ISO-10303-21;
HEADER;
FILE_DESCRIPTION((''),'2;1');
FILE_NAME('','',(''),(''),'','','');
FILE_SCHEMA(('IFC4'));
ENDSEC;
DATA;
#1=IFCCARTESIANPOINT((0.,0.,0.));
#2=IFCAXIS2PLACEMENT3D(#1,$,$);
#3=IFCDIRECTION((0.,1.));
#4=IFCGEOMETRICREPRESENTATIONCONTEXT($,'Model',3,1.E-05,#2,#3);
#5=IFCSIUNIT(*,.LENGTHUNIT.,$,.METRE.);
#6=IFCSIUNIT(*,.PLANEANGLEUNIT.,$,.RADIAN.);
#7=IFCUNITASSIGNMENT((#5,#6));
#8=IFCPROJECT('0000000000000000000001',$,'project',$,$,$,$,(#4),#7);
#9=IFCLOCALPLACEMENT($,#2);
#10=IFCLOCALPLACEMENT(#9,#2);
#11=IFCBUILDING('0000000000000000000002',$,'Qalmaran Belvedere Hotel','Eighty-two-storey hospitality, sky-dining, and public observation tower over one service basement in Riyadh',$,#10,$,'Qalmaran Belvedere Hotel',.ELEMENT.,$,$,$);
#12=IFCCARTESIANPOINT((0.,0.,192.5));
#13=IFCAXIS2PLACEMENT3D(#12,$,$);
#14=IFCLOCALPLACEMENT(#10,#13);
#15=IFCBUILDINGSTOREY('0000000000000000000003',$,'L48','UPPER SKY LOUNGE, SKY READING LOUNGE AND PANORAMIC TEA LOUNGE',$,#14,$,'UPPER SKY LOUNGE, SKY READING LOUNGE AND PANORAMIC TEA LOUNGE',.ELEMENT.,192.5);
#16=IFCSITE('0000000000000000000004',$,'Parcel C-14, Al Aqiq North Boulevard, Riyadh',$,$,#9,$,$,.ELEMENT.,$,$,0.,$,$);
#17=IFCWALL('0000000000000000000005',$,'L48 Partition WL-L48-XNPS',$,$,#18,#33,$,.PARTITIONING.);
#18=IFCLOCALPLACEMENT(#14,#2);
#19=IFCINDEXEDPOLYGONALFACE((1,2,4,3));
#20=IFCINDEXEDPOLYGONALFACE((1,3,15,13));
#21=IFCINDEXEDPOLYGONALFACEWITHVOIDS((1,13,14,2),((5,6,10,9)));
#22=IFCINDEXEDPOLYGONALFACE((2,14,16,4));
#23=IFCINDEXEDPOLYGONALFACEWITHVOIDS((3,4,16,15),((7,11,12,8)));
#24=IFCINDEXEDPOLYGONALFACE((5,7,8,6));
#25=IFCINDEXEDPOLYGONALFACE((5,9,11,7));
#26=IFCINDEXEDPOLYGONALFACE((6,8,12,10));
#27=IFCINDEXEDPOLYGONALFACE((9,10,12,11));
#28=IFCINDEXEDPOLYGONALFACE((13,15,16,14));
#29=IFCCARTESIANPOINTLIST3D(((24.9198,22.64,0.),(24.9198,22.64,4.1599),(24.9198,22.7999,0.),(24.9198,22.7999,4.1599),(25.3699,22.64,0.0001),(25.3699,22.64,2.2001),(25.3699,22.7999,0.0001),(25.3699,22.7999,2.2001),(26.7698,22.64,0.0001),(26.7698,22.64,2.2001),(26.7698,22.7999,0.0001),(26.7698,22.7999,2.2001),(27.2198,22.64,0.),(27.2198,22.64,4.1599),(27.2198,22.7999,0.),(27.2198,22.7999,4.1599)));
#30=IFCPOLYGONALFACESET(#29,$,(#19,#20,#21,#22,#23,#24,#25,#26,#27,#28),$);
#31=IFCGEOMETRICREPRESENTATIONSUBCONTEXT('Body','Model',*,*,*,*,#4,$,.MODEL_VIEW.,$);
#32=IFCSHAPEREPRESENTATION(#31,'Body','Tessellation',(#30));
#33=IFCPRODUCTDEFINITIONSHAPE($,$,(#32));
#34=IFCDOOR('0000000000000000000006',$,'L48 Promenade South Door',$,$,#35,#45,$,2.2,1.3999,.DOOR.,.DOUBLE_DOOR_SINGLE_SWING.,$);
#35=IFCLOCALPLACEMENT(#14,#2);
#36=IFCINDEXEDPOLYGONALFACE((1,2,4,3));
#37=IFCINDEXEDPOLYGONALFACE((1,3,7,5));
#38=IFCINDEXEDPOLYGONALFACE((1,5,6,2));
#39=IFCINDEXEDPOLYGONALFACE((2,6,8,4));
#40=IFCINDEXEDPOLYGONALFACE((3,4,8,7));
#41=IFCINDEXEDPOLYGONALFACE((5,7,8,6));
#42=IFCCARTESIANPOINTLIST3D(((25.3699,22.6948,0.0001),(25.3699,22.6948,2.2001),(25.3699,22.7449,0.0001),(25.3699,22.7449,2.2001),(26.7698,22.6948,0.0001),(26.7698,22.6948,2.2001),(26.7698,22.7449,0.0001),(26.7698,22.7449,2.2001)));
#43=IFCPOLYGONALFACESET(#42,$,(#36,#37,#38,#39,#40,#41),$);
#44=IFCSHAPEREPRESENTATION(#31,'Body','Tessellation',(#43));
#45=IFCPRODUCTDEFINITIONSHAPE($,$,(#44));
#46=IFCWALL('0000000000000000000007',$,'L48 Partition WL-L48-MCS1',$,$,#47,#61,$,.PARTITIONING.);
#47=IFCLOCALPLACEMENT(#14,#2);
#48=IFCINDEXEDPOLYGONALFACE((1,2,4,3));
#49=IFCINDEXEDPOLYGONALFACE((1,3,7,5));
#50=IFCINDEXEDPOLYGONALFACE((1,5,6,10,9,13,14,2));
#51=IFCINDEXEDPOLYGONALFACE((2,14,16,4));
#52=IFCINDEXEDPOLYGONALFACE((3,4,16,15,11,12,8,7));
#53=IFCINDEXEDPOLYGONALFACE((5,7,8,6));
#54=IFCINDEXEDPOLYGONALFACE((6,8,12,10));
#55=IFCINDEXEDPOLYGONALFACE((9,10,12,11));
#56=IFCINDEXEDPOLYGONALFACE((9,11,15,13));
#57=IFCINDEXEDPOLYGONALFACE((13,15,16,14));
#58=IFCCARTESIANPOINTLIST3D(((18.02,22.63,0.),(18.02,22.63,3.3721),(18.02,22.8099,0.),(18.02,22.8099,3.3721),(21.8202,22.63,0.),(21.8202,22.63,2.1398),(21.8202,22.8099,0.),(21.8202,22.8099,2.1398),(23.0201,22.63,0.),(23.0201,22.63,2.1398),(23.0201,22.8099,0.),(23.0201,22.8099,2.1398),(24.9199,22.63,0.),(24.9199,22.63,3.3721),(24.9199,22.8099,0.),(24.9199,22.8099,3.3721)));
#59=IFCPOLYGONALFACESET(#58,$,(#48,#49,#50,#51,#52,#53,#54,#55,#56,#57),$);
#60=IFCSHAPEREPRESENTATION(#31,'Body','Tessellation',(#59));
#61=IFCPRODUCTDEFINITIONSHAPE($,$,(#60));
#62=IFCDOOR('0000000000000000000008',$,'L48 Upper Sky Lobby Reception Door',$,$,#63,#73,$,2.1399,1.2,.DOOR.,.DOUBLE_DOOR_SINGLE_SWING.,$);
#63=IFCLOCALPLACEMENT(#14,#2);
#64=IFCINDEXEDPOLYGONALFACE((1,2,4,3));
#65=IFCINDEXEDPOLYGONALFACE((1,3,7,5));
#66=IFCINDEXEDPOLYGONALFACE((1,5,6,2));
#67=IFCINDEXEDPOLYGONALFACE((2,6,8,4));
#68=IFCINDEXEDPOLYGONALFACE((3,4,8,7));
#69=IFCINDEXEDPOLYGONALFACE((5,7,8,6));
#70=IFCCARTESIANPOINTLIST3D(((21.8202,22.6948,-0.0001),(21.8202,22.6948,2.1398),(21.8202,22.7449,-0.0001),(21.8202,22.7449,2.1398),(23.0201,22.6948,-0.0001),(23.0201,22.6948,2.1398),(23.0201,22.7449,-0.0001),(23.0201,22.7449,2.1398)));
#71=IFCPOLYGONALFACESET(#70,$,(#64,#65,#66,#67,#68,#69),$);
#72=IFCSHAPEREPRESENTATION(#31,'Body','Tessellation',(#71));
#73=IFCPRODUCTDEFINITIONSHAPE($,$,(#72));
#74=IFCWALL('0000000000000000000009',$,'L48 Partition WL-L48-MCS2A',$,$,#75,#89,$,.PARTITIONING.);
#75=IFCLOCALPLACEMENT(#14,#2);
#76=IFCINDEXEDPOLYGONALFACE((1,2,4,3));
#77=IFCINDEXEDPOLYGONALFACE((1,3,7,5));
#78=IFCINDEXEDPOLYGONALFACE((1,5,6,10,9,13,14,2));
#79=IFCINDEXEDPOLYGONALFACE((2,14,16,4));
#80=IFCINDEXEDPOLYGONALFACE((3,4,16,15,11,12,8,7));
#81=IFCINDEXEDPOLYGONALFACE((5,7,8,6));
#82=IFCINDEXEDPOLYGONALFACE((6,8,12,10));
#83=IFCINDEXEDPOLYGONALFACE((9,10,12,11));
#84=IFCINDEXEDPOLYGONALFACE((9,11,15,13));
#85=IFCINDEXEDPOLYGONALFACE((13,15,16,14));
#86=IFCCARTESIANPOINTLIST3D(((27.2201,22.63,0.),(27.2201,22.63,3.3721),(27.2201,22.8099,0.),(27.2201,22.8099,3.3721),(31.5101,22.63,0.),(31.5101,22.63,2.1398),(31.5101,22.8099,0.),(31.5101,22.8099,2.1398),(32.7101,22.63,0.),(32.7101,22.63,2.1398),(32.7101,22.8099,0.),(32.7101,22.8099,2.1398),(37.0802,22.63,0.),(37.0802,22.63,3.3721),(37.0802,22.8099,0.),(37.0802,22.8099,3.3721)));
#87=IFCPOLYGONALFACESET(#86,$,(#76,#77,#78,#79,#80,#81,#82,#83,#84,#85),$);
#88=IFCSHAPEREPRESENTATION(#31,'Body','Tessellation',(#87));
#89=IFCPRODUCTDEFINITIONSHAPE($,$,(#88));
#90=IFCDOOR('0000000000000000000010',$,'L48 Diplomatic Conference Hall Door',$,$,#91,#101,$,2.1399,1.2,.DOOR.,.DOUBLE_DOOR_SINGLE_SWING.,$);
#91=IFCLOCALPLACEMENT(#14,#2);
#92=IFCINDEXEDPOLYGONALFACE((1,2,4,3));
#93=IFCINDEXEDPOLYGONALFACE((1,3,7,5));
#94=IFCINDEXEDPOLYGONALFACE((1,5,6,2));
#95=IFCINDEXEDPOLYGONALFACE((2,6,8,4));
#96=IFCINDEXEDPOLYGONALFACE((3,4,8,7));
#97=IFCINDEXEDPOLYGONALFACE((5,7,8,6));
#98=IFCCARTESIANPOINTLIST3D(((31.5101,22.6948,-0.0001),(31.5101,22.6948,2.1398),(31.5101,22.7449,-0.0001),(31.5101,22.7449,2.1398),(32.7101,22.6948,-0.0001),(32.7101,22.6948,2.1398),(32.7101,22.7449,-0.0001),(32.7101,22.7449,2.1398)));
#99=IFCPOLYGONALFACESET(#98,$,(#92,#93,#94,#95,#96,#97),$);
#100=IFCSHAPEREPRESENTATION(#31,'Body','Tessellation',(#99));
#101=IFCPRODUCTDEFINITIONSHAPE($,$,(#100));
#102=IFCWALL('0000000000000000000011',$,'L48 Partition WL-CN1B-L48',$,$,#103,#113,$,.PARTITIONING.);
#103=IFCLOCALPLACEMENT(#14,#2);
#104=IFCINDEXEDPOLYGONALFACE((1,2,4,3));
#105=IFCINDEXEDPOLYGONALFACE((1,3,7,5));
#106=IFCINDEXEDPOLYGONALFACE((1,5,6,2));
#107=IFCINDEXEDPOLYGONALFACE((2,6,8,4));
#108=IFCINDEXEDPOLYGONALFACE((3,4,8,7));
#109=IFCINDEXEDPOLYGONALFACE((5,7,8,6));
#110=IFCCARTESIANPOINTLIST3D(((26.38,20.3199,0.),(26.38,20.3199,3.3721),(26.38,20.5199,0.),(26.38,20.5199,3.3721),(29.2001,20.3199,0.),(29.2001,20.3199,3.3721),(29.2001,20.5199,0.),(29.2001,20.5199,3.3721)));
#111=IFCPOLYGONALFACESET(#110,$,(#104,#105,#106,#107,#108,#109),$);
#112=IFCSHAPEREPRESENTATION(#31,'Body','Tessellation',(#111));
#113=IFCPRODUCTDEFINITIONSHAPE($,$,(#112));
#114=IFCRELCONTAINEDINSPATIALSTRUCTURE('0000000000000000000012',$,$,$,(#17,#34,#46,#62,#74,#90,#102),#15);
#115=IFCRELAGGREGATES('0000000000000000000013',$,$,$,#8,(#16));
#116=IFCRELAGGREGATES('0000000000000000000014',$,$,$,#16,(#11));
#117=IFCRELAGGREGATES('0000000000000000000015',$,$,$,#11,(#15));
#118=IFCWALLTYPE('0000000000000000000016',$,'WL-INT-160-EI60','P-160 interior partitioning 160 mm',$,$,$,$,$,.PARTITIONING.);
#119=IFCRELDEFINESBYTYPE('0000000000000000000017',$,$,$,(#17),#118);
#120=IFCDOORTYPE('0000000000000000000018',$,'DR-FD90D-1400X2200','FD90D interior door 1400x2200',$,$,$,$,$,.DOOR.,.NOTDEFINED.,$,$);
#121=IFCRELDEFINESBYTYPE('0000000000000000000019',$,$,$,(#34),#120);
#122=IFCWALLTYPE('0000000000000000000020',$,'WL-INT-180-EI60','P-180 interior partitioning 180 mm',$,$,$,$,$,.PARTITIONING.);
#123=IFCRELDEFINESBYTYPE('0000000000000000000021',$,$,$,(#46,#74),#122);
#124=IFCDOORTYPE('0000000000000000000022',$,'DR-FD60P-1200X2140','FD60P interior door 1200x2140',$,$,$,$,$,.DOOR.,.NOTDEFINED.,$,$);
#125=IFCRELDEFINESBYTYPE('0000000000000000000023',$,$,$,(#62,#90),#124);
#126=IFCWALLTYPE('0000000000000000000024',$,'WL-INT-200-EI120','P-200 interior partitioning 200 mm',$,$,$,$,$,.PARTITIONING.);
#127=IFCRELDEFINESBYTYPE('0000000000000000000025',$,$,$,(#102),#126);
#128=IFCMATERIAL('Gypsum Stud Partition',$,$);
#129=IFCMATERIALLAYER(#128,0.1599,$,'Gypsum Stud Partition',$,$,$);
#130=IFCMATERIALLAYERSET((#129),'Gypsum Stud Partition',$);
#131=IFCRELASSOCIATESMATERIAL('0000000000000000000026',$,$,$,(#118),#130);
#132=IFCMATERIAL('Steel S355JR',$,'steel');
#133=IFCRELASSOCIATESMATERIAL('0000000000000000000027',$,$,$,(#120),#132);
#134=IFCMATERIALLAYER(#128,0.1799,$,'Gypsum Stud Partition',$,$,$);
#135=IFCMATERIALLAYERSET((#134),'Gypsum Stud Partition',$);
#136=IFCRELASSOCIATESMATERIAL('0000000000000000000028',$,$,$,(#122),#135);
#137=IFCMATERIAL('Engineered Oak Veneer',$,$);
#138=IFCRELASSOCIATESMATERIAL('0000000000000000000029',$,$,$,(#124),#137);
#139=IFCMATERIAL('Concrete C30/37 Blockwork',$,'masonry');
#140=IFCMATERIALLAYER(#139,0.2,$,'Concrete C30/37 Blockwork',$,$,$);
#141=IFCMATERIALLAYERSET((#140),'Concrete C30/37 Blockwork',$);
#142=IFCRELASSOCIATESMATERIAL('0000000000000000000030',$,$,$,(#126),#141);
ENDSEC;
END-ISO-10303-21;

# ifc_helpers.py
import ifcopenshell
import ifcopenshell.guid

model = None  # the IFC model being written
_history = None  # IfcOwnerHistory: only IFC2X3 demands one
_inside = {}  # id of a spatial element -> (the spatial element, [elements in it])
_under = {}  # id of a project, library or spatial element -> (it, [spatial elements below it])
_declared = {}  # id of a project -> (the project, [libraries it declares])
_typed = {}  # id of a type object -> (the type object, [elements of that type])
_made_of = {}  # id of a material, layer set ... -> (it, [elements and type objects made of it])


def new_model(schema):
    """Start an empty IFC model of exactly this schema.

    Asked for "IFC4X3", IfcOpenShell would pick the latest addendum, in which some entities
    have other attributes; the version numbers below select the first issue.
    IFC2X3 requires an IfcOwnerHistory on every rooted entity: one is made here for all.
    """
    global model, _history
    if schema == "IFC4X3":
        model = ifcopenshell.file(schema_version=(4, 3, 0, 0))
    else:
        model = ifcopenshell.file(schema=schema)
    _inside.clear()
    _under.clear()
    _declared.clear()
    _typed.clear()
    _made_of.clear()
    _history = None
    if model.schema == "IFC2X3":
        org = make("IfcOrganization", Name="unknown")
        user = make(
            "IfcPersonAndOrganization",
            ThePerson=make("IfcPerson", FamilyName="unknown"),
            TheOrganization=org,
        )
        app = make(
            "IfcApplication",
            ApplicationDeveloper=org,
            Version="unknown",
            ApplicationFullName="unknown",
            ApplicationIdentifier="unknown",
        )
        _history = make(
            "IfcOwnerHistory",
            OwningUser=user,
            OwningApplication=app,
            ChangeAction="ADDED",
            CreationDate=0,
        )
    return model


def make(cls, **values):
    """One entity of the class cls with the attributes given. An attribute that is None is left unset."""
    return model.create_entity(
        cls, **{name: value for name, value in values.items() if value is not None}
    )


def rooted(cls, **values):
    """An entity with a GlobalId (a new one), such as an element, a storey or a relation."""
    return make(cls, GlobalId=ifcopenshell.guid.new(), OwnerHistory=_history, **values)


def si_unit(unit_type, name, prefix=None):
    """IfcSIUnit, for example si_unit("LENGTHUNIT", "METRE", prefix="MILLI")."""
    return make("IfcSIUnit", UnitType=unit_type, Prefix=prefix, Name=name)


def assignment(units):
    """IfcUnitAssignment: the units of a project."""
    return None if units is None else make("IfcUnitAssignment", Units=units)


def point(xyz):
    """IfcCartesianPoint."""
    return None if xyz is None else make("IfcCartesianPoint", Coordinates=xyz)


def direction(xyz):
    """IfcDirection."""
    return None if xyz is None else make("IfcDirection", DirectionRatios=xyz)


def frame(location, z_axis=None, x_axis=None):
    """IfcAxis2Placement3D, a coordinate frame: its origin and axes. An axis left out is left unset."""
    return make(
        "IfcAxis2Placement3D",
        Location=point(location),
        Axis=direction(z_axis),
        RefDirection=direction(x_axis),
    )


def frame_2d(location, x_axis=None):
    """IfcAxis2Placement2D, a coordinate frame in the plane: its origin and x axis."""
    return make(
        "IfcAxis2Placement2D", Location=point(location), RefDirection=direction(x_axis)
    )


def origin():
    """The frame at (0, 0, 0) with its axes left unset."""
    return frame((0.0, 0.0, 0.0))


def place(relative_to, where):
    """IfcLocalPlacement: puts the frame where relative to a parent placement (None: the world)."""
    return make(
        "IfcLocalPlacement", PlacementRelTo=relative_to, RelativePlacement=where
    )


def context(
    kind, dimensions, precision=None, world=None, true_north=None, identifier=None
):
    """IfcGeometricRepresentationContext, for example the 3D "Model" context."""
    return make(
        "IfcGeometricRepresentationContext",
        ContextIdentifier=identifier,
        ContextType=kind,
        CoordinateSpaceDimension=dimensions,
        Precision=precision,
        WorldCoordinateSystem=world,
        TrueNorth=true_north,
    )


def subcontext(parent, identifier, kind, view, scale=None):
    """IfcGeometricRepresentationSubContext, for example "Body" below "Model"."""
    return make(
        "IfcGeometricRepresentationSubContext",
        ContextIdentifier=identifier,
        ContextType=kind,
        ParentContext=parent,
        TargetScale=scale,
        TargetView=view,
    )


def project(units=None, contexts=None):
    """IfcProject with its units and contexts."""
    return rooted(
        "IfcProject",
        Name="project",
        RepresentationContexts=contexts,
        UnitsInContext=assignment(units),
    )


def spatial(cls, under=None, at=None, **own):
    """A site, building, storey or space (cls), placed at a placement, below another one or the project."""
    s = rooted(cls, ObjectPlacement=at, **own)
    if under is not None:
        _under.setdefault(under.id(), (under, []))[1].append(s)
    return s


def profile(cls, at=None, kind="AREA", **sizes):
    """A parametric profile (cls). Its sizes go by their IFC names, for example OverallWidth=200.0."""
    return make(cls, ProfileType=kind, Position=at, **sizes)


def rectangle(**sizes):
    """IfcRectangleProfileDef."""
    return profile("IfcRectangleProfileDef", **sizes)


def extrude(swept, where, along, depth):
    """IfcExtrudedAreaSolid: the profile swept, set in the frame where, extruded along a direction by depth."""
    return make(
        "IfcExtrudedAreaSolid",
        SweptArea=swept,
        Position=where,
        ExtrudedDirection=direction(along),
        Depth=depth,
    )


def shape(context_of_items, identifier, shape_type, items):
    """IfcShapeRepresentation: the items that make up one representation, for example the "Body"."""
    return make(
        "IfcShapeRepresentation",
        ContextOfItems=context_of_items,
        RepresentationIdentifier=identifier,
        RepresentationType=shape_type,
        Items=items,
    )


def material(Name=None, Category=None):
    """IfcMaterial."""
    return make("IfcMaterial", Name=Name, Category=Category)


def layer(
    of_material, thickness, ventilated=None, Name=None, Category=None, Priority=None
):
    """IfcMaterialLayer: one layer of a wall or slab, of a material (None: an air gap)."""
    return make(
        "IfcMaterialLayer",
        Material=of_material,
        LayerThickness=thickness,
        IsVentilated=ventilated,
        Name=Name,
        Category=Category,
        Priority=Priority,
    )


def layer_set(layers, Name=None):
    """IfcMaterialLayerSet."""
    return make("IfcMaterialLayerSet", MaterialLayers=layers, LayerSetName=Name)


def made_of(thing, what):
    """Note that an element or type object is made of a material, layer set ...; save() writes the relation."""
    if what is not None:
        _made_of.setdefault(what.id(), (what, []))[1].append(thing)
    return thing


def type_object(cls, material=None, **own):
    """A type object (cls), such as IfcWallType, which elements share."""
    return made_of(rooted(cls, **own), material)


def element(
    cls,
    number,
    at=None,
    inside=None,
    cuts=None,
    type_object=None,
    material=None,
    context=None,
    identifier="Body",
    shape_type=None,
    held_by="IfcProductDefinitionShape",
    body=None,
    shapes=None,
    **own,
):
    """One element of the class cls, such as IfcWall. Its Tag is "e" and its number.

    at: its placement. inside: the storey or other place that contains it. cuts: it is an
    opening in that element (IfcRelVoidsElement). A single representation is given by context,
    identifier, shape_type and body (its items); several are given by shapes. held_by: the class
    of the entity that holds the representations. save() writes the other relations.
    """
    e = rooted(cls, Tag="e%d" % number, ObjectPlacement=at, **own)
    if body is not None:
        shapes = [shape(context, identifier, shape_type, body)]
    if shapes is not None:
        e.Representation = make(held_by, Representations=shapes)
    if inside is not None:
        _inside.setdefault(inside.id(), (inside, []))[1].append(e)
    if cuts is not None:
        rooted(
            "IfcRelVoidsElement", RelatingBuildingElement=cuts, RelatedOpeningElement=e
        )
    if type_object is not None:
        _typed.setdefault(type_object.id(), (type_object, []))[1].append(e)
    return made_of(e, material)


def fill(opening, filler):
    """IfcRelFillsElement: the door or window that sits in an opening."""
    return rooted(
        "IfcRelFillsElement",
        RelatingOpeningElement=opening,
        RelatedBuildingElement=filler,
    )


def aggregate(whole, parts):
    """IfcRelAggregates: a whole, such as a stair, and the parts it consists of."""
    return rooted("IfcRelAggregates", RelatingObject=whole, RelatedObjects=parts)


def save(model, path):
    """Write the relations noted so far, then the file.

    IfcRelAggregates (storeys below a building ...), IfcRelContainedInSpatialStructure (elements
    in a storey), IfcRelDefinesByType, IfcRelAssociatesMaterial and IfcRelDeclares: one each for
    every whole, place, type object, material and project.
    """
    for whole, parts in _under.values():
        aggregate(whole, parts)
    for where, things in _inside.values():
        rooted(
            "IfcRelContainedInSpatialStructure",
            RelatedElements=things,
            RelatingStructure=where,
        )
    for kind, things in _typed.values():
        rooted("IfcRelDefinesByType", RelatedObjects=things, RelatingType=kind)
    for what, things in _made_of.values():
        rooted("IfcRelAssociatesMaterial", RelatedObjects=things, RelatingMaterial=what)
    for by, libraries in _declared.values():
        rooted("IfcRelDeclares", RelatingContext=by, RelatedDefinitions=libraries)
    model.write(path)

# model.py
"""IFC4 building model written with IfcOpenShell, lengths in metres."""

from ifc_helpers import new_model, si_unit, direction, frame, frame_2d, origin, place, context, subcontext, project, spatial, rectangle, extrude, material, layer, layer_set, type_object, element, fill, save


model = new_model("IFC4")

# Units and contexts
model_context = context("Model", 3, precision=1e-05, world=origin(), true_north=direction((0.0, 1.0)))
body_context = subcontext(model_context, "Body", "Model", "MODEL_VIEW")
ifc_project = project(units=[si_unit("LENGTHUNIT", "METRE"), si_unit("PLANEANGLEUNIT", "RADIAN")], contexts=[model_context])

# Site, building, storey
site_placement = place(None, origin())
site = spatial("IfcSite", under=ifc_project, at=site_placement, Name="Parcel C-14, Al Aqiq North Boulevard, Riyadh", CompositionType="ELEMENT", RefElevation=0.0)
building_placement = place(site_placement, origin())
building = spatial("IfcBuilding", under=site, at=building_placement, Name="Qalmaran Belvedere Hotel", Description="Eighty-two-storey hospitality, sky-dining, and public observation tower over one service basement in Riyadh", LongName="Qalmaran Belvedere Hotel", CompositionType="ELEMENT")
storey_placement = place(building_placement, frame((0.0, 0.0, 192.5)))
storey = spatial("IfcBuildingStorey", under=building, at=storey_placement, Name="L48", Description="UPPER SKY LOUNGE, SKY READING LOUNGE AND PANORAMIC TEA LOUNGE", LongName="UPPER SKY LOUNGE, SKY READING LOUNGE AND PANORAMIC TEA LOUNGE", CompositionType="ELEMENT", Elevation=192.5)

# Shared definitions
ifc_material_1 = material(Name="Steel S355JR", Category="steel")

# Shared definitions
ifc_material_2 = material(Name="Gypsum Stud Partition")

# Shared definitions
ifc_layer_1 = layer(ifc_material_2, 0.1599, Name="Gypsum Stud Partition")
ifc_layer_set_1 = layer_set([ifc_layer_1], Name="Gypsum Stud Partition")
wall_type_1 = type_object("IfcWallType", Name="WL-INT-160-EI60", Description="P-160 interior partitioning 160 mm", PredefinedType="PARTITIONING", material=ifc_layer_set_1)

# Walls, openings, doors
wall_1_placement = place(storey_placement, frame((24.9199, 22.72, 0.0), z_axis=(0.0, 0.0, 1.0), x_axis=(1.0, 0.0, 0.0)))
wall_1 = element("IfcWall", 1, at=wall_1_placement, inside=storey, type_object=wall_type_1, Name="L48 Partition WL-L48-XNPS", PredefinedType="PARTITIONING", context=body_context, shape_type="SweptSolid", body=[
    extrude(rectangle(XDim=2.3, YDim=0.1599, at=frame_2d((1.1499, 0.0))), origin(), (0.0, 0.0, 1.0), 4.1599),
])
opening_1_placement = place(wall_1_placement, frame((0.45, 0.0, 0.0)))
opening_1 = element("IfcOpeningElement", 2, at=opening_1_placement, cuts=wall_1, PredefinedType="OPENING", context=body_context, shape_type="SweptSolid", body=[
    extrude(rectangle(XDim=1.3999, YDim=2.2, at=frame_2d((0.7, 1.1001))), frame((0.0, 0.0898, 0.0), z_axis=(0.0, -1.0, 0.0), x_axis=(1.0, 0.0, 0.0)), (0.0, 0.0, 1.0), 0.1799),
])
door_type_1 = type_object("IfcDoorType", Name="DR-FD90D-1400X2200", Description="FD90D interior door 1400x2200", OperationType="NOTDEFINED", PredefinedType="DOOR", material=ifc_material_1)
door_1_placement = place(opening_1_placement, origin())
door_1 = element("IfcDoor", 3, at=door_1_placement, inside=storey, type_object=door_type_1, Name="L48 Promenade South Door", OperationType="DOUBLE_DOOR_SINGLE_SWING", OverallHeight=2.2, OverallWidth=1.3999, PredefinedType="DOOR", context=body_context, shape_type="SweptSolid", body=[
    extrude(rectangle(XDim=1.3999, YDim=2.2, at=frame_2d((0.7, 1.1001))), frame((0.0, 0.0249, 0.0), z_axis=(0.0, -1.0, 0.0), x_axis=(1.0, 0.0, 0.0)), (0.0, 0.0, 1.0), 0.05),
])
fill(opening_1, door_1)
ifc_layer_2 = layer(ifc_material_2, 0.1799, Name="Gypsum Stud Partition")
ifc_layer_set_2 = layer_set([ifc_layer_2], Name="Gypsum Stud Partition")
wall_type_2 = type_object("IfcWallType", Name="WL-INT-180-EI60", Description="P-180 interior partitioning 180 mm", PredefinedType="PARTITIONING", material=ifc_layer_set_2)
wall_2_placement = place(storey_placement, frame((18.02, 22.72, 0.0), z_axis=(0.0, 0.0, 1.0), x_axis=(1.0, 0.0, 0.0)))
wall_2 = element("IfcWall", 4, at=wall_2_placement, inside=storey, type_object=wall_type_2, Name="L48 Partition WL-L48-MCS1", PredefinedType="PARTITIONING", context=body_context, shape_type="SweptSolid", body=[
    extrude(rectangle(XDim=6.8999, YDim=0.1799, at=frame_2d((3.45, 0.0))), origin(), (0.0, 0.0, 1.0), 3.3721),
])
opening_2_placement = place(wall_2_placement, frame((3.8, 0.0, 0.0)))
opening_2 = element("IfcOpeningElement", 5, at=opening_2_placement, cuts=wall_2, PredefinedType="OPENING", context=body_context, shape_type="SweptSolid", body=[
    extrude(rectangle(XDim=1.2, YDim=2.1399, at=frame_2d((0.6001, 1.0698))), frame((0.0, 0.1001, 0.0), z_axis=(0.0, -1.0, 0.0), x_axis=(1.0, 0.0, 0.0)), (0.0, 0.0, 1.0), 0.2),
])
ifc_material_3 = material(Name="Engineered Oak Veneer")
door_type_2 = type_object("IfcDoorType", Name="DR-FD60P-1200X2140", Description="FD60P interior door 1200x2140", OperationType="NOTDEFINED", PredefinedType="DOOR", material=ifc_material_3)
door_2_placement = place(opening_2_placement, origin())
door_2 = element("IfcDoor", 6, at=door_2_placement, inside=storey, type_object=door_type_2, Name="L48 Upper Sky Lobby Reception Door", OperationType="DOUBLE_DOOR_SINGLE_SWING", OverallHeight=2.1399, OverallWidth=1.2, PredefinedType="DOOR", context=body_context, shape_type="SweptSolid", body=[
    extrude(rectangle(XDim=1.2, YDim=2.1399, at=frame_2d((0.6001, 1.0698))), frame((0.0, 0.0249, 0.0), z_axis=(0.0, -1.0, 0.0), x_axis=(1.0, 0.0, 0.0)), (0.0, 0.0, 1.0), 0.05),
])
fill(opening_2, door_2)
wall_3_placement = place(storey_placement, frame((27.22, 22.72, 0.0), z_axis=(0.0, 0.0, 1.0), x_axis=(1.0, 0.0, 0.0)))
wall_3 = element("IfcWall", 7, at=wall_3_placement, inside=storey, type_object=wall_type_2, Name="L48 Partition WL-L48-MCS2A", PredefinedType="PARTITIONING", context=body_context, shape_type="SweptSolid", body=[
    extrude(rectangle(XDim=9.8601, YDim=0.1799, at=frame_2d((4.9302, 0.0))), origin(), (0.0, 0.0, 1.0), 3.3721),
])
opening_3_placement = place(wall_3_placement, frame((4.29, 0.0, 0.0)))
opening_3 = element("IfcOpeningElement", 8, at=opening_3_placement, cuts=wall_3, PredefinedType="OPENING", context=body_context, shape_type="SweptSolid", body=[
    extrude(rectangle(XDim=1.2, YDim=2.1399, at=frame_2d((0.6001, 1.0698))), frame((0.0, 0.1001, 0.0), z_axis=(0.0, -1.0, 0.0), x_axis=(1.0, 0.0, 0.0)), (0.0, 0.0, 1.0), 0.2),
])
door_3_placement = place(opening_3_placement, origin())
door_3 = element("IfcDoor", 9, at=door_3_placement, inside=storey, type_object=door_type_2, Name="L48 Diplomatic Conference Hall Door", OperationType="DOUBLE_DOOR_SINGLE_SWING", OverallHeight=2.1399, OverallWidth=1.2, PredefinedType="DOOR", context=body_context, shape_type="SweptSolid", body=[
    extrude(rectangle(XDim=1.2, YDim=2.1399, at=frame_2d((0.6001, 1.0698))), frame((0.0, 0.0249, 0.0), z_axis=(0.0, -1.0, 0.0), x_axis=(1.0, 0.0, 0.0)), (0.0, 0.0, 1.0), 0.05),
])
fill(opening_3, door_3)
ifc_material_4 = material(Name="Concrete C30/37 Blockwork", Category="masonry")
ifc_layer_3 = layer(ifc_material_4, 0.2, Name="Concrete C30/37 Blockwork")
ifc_layer_set_3 = layer_set([ifc_layer_3], Name="Concrete C30/37 Blockwork")
wall_type_3 = type_object("IfcWallType", Name="WL-INT-200-EI120", Description="P-200 interior partitioning 200 mm", PredefinedType="PARTITIONING", material=ifc_layer_set_3)

# Wall
wall_4_placement = place(storey_placement, frame((26.3799, 20.4199, 0.0), z_axis=(0.0, 0.0, 1.0), x_axis=(1.0, 0.0, 0.0)))
element("IfcWall", 10, at=wall_4_placement, inside=storey, type_object=wall_type_3, Name="L48 Partition WL-CN1B-L48", PredefinedType="PARTITIONING", context=body_context, shape_type="SweptSolid", body=[
    extrude(rectangle(XDim=2.8201, YDim=0.2, at=frame_2d((1.4102, 0.0))), origin(), (0.0, 0.0, 1.0), 3.3721),
])

save(model, "model.ifc")
